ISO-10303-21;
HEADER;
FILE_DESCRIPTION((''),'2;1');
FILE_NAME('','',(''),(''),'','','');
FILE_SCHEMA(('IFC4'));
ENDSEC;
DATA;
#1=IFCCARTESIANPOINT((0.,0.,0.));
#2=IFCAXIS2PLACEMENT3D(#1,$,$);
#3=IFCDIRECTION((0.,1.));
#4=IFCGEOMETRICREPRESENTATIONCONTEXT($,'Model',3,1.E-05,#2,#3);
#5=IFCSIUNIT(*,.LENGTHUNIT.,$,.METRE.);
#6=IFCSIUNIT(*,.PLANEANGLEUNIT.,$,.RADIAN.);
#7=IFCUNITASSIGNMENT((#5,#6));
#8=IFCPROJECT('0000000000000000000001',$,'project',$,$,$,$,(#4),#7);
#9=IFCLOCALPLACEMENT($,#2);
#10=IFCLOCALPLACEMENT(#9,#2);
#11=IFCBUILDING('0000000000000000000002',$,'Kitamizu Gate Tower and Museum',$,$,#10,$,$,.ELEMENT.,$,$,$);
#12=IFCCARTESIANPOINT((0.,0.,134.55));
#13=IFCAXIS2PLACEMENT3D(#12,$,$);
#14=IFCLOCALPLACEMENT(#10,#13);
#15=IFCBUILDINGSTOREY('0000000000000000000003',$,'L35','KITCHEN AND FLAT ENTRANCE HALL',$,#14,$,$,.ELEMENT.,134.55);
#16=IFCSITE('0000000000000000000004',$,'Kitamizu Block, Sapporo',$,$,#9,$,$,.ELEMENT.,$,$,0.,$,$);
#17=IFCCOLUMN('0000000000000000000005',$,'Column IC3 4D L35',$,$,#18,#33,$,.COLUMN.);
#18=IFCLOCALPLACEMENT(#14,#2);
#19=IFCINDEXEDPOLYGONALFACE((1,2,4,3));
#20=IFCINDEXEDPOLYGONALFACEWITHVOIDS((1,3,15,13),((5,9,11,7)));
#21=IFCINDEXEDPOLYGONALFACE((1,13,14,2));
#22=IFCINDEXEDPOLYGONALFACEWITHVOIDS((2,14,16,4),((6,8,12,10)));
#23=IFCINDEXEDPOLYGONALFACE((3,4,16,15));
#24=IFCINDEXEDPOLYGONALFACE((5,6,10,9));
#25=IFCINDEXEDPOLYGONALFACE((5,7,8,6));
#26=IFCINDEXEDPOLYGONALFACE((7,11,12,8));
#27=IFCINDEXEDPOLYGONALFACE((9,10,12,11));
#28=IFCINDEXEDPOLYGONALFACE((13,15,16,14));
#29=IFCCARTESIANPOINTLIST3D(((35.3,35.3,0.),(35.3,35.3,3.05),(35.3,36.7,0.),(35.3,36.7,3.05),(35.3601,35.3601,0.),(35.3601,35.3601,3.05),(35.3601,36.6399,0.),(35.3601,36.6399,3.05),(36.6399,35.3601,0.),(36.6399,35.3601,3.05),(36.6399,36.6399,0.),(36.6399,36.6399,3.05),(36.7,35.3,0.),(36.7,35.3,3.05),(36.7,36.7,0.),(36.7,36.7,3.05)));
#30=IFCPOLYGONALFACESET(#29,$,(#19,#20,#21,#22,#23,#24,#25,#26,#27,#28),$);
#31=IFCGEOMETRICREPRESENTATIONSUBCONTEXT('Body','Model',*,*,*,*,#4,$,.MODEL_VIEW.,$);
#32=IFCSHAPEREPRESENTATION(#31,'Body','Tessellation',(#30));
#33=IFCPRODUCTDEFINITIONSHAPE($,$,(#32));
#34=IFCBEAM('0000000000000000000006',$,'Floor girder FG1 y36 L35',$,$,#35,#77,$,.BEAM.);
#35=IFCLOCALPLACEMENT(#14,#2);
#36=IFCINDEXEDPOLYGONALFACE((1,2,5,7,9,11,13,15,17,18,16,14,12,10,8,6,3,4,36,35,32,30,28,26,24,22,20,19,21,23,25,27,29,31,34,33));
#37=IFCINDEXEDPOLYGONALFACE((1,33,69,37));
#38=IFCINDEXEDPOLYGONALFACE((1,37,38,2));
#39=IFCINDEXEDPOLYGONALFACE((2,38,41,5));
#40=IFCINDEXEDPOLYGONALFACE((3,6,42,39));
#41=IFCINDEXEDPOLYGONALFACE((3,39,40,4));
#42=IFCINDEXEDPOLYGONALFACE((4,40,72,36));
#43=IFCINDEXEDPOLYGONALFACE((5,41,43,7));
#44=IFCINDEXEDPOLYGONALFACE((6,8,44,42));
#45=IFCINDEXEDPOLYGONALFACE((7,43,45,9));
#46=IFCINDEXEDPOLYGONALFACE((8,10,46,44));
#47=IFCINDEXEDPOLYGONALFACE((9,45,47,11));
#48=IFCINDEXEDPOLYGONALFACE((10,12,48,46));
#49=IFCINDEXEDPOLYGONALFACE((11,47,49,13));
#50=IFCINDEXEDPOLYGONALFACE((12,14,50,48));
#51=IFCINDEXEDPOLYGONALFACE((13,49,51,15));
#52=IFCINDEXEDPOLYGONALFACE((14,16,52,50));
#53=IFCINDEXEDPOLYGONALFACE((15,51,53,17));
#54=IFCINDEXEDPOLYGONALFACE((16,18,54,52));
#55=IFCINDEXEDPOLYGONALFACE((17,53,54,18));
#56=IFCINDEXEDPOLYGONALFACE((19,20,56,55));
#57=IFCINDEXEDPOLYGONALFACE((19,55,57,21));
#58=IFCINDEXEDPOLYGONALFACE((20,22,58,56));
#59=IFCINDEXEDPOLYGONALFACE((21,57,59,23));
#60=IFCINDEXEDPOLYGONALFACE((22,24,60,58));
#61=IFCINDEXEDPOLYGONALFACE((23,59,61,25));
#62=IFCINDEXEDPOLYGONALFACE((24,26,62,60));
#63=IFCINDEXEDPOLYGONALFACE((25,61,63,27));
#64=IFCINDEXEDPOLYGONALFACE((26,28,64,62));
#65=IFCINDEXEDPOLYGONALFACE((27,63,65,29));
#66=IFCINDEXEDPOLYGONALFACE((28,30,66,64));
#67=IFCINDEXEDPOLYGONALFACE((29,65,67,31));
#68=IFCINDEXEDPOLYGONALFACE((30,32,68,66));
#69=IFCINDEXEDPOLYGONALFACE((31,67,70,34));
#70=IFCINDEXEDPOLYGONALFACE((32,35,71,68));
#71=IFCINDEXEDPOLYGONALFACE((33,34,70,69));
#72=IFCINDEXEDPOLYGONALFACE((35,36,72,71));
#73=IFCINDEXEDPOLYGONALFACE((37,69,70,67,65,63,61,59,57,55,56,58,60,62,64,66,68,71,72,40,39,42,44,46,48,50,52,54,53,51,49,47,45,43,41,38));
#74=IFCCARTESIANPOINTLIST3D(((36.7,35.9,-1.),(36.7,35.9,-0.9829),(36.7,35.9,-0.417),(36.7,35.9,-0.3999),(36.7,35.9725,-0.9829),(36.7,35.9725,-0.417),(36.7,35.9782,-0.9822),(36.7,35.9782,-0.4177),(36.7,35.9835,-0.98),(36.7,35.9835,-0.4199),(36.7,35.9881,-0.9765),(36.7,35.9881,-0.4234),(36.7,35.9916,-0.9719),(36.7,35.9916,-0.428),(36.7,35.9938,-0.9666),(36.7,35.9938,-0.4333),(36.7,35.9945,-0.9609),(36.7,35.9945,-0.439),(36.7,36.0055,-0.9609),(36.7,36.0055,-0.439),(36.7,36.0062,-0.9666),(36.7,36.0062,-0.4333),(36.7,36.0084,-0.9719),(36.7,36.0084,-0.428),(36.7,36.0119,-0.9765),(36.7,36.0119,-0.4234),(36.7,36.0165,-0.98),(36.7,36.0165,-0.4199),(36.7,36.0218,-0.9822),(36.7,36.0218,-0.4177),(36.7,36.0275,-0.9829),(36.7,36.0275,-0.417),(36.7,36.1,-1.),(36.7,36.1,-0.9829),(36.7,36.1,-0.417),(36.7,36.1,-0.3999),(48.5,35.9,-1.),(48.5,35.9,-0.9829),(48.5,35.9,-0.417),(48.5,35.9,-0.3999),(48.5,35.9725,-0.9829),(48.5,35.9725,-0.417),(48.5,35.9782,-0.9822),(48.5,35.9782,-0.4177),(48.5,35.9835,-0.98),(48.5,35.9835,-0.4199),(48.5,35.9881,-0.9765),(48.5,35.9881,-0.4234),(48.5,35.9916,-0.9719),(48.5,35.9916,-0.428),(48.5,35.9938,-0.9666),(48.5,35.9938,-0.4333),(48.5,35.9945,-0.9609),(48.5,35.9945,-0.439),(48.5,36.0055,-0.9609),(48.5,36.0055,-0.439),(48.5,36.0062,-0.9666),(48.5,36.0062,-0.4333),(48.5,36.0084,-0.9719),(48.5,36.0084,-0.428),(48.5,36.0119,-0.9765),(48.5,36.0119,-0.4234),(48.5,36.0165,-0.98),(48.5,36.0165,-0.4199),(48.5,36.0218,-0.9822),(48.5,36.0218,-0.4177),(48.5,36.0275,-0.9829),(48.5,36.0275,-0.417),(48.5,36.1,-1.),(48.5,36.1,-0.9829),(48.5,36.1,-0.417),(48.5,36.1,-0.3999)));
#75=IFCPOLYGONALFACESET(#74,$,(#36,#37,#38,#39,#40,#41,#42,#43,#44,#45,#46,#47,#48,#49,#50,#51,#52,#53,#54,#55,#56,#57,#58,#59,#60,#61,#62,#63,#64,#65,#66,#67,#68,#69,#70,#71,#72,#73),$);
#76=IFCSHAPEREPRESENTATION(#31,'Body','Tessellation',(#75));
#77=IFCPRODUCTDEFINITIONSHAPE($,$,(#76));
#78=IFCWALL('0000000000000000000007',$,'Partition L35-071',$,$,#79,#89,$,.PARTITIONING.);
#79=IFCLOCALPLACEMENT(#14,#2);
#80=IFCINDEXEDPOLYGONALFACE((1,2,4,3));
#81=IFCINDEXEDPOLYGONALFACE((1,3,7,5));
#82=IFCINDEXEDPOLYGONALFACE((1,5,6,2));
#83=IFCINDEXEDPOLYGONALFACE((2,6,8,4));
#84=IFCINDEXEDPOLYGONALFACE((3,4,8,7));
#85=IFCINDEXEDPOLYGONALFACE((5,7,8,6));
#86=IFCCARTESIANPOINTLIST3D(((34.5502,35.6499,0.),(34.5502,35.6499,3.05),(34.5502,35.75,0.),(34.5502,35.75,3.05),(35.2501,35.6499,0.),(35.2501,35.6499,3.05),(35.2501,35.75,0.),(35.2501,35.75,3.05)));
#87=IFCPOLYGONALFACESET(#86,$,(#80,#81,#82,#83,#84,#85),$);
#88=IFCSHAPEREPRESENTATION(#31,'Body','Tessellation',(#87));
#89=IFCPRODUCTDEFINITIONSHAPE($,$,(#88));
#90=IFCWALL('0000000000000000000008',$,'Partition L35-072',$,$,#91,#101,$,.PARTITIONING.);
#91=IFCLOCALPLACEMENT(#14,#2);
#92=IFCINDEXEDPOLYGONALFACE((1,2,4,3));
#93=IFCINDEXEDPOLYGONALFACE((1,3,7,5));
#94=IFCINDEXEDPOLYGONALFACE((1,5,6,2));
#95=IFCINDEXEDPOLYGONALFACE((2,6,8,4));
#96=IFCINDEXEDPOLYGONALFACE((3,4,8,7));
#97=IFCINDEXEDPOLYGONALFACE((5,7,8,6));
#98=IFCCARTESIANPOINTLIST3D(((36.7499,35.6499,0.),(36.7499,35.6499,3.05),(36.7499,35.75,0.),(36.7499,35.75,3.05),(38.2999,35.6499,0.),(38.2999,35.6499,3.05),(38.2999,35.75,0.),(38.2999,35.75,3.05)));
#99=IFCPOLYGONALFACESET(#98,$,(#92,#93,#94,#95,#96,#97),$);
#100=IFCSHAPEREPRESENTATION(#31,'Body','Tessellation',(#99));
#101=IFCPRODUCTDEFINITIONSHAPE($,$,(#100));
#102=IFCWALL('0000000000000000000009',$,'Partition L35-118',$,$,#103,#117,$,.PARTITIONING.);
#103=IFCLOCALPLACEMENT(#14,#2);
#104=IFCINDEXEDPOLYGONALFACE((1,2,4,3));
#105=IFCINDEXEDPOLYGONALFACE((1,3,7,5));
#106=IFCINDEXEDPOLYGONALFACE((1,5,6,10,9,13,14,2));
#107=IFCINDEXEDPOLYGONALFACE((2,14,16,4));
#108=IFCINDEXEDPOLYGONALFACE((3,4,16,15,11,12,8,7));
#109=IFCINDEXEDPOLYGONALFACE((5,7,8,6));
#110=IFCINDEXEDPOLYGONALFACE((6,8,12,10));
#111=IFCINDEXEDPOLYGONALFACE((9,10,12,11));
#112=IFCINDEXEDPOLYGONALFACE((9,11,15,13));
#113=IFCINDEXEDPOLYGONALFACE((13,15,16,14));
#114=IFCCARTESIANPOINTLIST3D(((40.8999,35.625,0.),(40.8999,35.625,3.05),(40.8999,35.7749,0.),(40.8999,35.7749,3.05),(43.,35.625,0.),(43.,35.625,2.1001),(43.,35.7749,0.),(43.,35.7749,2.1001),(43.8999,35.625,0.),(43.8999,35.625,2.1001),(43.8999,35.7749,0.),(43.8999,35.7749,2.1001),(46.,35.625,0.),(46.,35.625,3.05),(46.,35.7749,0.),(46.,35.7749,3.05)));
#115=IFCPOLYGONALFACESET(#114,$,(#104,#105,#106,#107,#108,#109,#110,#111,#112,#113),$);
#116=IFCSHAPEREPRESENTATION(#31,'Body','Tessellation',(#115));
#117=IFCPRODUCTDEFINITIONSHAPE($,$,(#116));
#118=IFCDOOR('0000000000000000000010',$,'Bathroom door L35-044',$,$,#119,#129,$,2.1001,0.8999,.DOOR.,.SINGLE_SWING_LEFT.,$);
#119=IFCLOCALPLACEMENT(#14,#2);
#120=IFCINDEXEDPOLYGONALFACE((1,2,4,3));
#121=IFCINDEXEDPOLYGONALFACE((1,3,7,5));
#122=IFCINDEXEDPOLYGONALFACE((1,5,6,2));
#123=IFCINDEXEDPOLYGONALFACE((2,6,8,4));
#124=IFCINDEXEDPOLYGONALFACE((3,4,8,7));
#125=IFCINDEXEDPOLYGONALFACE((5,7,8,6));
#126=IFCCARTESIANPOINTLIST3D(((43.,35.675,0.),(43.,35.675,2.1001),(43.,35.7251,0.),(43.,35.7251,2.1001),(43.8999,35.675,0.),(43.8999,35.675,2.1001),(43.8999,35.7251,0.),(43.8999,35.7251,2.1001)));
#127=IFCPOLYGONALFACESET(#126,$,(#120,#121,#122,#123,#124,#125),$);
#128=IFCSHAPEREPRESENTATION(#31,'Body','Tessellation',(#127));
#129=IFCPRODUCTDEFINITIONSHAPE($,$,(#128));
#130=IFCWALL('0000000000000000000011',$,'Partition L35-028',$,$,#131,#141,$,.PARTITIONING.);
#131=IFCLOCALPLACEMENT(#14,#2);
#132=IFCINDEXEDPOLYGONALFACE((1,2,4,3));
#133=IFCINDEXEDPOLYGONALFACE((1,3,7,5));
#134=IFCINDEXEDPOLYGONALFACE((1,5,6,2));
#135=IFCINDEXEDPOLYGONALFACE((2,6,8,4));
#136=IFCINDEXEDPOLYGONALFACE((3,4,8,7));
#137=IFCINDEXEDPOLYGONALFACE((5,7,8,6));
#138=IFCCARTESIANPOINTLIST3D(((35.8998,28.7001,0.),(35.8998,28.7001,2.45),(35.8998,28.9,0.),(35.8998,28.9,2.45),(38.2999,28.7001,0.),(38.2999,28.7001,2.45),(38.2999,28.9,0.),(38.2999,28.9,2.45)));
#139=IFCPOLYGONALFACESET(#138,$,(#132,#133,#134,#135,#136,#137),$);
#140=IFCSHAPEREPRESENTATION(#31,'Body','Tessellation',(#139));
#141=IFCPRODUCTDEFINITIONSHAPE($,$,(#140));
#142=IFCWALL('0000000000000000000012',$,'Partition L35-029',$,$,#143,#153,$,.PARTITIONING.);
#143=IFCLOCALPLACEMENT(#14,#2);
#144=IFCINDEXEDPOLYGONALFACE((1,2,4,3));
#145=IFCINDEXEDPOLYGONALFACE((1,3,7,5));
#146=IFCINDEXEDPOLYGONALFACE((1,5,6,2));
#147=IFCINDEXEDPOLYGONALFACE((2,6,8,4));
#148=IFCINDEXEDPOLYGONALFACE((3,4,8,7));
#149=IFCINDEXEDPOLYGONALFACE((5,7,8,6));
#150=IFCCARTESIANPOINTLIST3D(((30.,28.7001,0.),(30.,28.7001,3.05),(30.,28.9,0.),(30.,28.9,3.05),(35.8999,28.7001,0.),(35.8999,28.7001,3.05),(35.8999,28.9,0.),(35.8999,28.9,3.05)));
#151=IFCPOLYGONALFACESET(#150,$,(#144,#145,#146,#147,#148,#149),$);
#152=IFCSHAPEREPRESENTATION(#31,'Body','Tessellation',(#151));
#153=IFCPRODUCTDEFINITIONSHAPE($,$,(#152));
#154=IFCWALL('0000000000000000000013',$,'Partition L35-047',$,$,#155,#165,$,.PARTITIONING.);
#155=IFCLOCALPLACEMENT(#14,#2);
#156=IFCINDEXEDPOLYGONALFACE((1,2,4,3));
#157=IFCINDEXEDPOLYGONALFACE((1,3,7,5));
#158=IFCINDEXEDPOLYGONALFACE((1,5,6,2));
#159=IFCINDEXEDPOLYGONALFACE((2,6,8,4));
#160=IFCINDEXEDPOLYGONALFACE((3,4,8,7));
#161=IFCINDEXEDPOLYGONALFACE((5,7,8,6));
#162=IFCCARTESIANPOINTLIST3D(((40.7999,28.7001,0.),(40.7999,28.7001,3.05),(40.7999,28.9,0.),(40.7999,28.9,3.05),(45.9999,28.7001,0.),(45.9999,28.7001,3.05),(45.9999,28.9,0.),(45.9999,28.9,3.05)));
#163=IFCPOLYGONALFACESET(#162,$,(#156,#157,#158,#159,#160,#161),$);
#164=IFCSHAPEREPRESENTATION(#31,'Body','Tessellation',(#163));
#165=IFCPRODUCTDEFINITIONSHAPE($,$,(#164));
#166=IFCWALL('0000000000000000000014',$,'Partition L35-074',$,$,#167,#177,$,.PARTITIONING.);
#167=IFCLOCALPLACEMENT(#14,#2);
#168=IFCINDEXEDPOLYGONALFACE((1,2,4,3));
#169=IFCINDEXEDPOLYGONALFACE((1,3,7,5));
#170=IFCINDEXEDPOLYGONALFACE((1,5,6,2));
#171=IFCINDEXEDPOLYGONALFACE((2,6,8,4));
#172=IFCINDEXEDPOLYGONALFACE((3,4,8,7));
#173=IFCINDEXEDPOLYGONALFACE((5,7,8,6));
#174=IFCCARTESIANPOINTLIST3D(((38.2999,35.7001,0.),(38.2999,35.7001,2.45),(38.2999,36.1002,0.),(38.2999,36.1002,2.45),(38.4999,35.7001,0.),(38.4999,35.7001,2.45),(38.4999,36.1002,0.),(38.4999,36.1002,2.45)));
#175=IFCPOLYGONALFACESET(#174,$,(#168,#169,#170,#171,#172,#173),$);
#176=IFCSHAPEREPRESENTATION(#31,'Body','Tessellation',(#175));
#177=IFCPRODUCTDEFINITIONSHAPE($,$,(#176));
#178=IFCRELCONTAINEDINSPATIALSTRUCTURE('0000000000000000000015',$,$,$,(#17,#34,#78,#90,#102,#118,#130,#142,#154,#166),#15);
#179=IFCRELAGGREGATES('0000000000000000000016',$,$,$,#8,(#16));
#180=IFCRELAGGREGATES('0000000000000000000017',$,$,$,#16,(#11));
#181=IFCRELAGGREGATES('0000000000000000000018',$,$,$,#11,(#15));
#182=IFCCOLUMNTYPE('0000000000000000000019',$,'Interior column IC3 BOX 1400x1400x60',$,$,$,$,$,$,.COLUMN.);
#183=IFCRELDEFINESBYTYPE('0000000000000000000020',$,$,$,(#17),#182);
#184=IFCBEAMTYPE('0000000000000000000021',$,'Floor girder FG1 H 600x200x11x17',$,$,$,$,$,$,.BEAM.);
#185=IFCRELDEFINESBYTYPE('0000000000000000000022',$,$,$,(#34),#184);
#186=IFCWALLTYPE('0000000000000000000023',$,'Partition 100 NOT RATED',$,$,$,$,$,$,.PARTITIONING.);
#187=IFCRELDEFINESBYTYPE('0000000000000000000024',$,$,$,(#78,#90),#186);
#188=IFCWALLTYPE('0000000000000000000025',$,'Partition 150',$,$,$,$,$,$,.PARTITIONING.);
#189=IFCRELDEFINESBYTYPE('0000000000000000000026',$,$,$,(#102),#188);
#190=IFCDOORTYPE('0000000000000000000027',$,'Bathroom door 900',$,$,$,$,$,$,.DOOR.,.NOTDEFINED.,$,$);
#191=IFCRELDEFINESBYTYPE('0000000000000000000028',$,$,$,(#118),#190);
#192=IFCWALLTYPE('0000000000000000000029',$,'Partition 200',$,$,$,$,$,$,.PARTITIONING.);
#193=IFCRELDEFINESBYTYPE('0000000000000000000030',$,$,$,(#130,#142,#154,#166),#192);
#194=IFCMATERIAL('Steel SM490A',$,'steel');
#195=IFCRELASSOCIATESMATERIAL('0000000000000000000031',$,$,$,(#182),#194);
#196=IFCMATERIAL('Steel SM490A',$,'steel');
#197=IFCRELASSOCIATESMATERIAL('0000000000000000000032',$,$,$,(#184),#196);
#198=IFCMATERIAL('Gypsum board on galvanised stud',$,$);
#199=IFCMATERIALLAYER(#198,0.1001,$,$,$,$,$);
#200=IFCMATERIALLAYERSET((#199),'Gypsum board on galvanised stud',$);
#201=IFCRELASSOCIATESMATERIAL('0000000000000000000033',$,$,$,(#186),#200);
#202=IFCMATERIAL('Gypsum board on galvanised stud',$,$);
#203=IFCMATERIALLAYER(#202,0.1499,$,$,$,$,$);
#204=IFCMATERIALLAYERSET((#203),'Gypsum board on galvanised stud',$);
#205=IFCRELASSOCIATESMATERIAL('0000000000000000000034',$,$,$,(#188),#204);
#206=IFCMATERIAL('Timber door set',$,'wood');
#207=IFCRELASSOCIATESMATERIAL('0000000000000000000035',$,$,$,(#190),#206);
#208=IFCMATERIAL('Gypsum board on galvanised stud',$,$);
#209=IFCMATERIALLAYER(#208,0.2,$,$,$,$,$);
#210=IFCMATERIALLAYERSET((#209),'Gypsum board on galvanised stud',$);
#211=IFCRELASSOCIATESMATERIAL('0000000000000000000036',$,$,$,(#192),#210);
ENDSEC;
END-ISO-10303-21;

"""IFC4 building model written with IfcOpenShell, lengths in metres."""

from ifc_helpers import new_model, si_unit, direction, frame, frame_2d, origin, origin_2d, place, context, subcontext, project, spatial, rectangle, hollow_rectangle, i_section, extrude, material, layer, layer_set, material_profile, profile_set, type_object, element, fill, save


model = new_model("IFC4")

# Units and contexts
model_context = context("Model", 3, precision=1e-05, world=origin(), true_north=direction((0.0, 1.0)))
body_context = subcontext(model_context, "Body", "Model", "MODEL_VIEW")
ifc_project = project(units=[si_unit("LENGTHUNIT", "METRE"), si_unit("PLANEANGLEUNIT", "RADIAN")], contexts=[model_context])

# Site, building, storey
site_placement = place(None, origin())
site = spatial("IfcSite", under=ifc_project, at=site_placement, Name="Kitamizu Block, Sapporo", CompositionType="ELEMENT", RefElevation=0.0)
building_placement = place(site_placement, origin())
building = spatial("IfcBuilding", under=site, at=building_placement, Name="Kitamizu Gate Tower and Museum", CompositionType="ELEMENT")
storey_placement = place(building_placement, frame((0.0, 0.0, 134.55)))
storey = spatial("IfcBuildingStorey", under=building, at=storey_placement, Name="L35", Description="KITCHEN AND FLAT ENTRANCE HALL", CompositionType="ELEMENT", Elevation=134.55)

# Column
ifc_material_1 = material(Name="Steel SM490A", Category="steel")
ifc_material_profile_1 = material_profile(ifc_material_1, hollow_rectangle(XDim=1.3999, YDim=1.3999, WallThickness=0.0601, at=origin_2d()), Name="BOX 1400x1400x60")
ifc_profile_set_1 = profile_set([ifc_material_profile_1], Name="Steel SM490A")
column_type = type_object("IfcColumnType", Name="Interior column IC3 BOX 1400x1400x60", PredefinedType="COLUMN", material=ifc_profile_set_1)
column_placement = place(storey_placement, frame((36.0, 36.0, 0.0), z_axis=(0.0, 0.0, 1.0), x_axis=(1.0, 0.0, 0.0)))
element("IfcColumn", 1, at=column_placement, inside=storey, type_object=column_type, Name="Column IC3 4D L35", PredefinedType="COLUMN", context=body_context, shape_type="SweptSolid", body=[
    extrude(hollow_rectangle(XDim=1.3999, YDim=1.3999, WallThickness=0.0601, at=origin_2d()), origin(), (0.0, 0.0, 1.0), 3.05),
])

# Beam
ifc_material_2 = material(Name="Steel SM490A", Category="steel")
ifc_material_profile_2 = material_profile(ifc_material_2, i_section(OverallWidth=0.2, OverallDepth=0.6001, WebThickness=0.011, FlangeThickness=0.0171, FilletRadius=0.022, at=origin_2d()), Name="H-600x200x11x17")
ifc_profile_set_2 = profile_set([ifc_material_profile_2], Name="Steel SM490A")
beam_type = type_object("IfcBeamType", Name="Floor girder FG1 H 600x200x11x17", PredefinedType="BEAM", material=ifc_profile_set_2)
beam_placement = place(storey_placement, frame((36.7, 36.0, -0.7), z_axis=(1.0, 0.0, 0.0), x_axis=(0.0, 1.0, 0.0)))
element("IfcBeam", 2, at=beam_placement, inside=storey, type_object=beam_type, Name="Floor girder FG1 y36 L35", PredefinedType="BEAM", context=body_context, shape_type="SweptSolid", body=[
    extrude(i_section(OverallWidth=0.2, OverallDepth=0.6001, WebThickness=0.011, FlangeThickness=0.0171, FilletRadius=0.022, at=origin_2d()), origin(), (0.0, 0.0, 1.0), 11.8),
])

# Walls
ifc_material_3 = material(Name="Gypsum board on galvanised stud")
ifc_layer_1 = layer(ifc_material_3, 0.1001)
ifc_layer_set_1 = layer_set([ifc_layer_1], Name="Gypsum board on galvanised stud")
wall_type_1 = type_object("IfcWallType", Name="Partition 100 NOT RATED", PredefinedType="PARTITIONING", material=ifc_layer_set_1)
wall_1_placement = place(storey_placement, frame((34.55, 35.7, 0.0), z_axis=(0.0, 0.0, 1.0), x_axis=(1.0, 0.0, 0.0)))
element("IfcWall", 3, at=wall_1_placement, inside=storey, type_object=wall_type_1, Name="Partition L35-071", PredefinedType="PARTITIONING", context=body_context, shape_type="SweptSolid", body=[
    extrude(rectangle(XDim=0.7, YDim=0.1001, at=frame_2d((0.3501, 0.0))), origin(), (0.0, 0.0, 1.0), 3.05),
])
wall_2_placement = place(storey_placement, frame((36.75, 35.7, 0.0), z_axis=(0.0, 0.0, 1.0), x_axis=(1.0, 0.0, 0.0)))
element("IfcWall", 4, at=wall_2_placement, inside=storey, type_object=wall_type_1, Name="Partition L35-072", PredefinedType="PARTITIONING", context=body_context, shape_type="SweptSolid", body=[
    extrude(rectangle(XDim=1.55, YDim=0.1001, at=frame_2d((0.7749, 0.0))), origin(), (0.0, 0.0, 1.0), 3.05),
])

# Wall, opening, door
ifc_material_4 = material(Name="Gypsum board on galvanised stud")
ifc_layer_2 = layer(ifc_material_4, 0.1499)
ifc_layer_set_2 = layer_set([ifc_layer_2], Name="Gypsum board on galvanised stud")
wall_type_2 = type_object("IfcWallType", Name="Partition 150", PredefinedType="PARTITIONING", material=ifc_layer_set_2)
wall_3_placement = place(storey_placement, frame((40.8999, 35.7, 0.0), z_axis=(0.0, 0.0, 1.0), x_axis=(1.0, 0.0, 0.0)))
wall_3 = element("IfcWall", 5, at=wall_3_placement, inside=storey, type_object=wall_type_2, Name="Partition L35-118", PredefinedType="PARTITIONING", context=body_context, shape_type="SweptSolid", body=[
    extrude(rectangle(XDim=5.1001, YDim=0.1499, at=frame_2d((2.55, 0.0))), origin(), (0.0, 0.0, 1.0), 3.05),
])
opening_placement = place(wall_3_placement, frame((2.1001, 0.0, 0.0)))
opening = element("IfcOpeningElement", 6, at=opening_placement, cuts=wall_3, PredefinedType="OPENING", context=body_context, shape_type="SweptSolid", body=[
    extrude(rectangle(XDim=0.8999, YDim=2.1001, at=frame_2d((0.45, 1.05))), frame((0.0, 0.085, 0.0), z_axis=(0.0, -1.0, 0.0), x_axis=(1.0, 0.0, 0.0)), (0.0, 0.0, 1.0), 0.1699),
])
ifc_material_5 = material(Name="Timber door set", Category="wood")
door_type = type_object("IfcDoorType", Name="Bathroom door 900", OperationType="NOTDEFINED", PredefinedType="DOOR", material=ifc_material_5)
door_placement = place(opening_placement, frame((0.8999, 0.0, 0.0), x_axis=(-1.0, 0.0, 0.0)))
door = element("IfcDoor", 7, at=door_placement, inside=storey, type_object=door_type, Name="Bathroom door L35-044", OperationType="SINGLE_SWING_LEFT", OverallHeight=2.1001, OverallWidth=0.8999, PredefinedType="DOOR", context=body_context, shape_type="SweptSolid", body=[
    extrude(rectangle(XDim=0.8999, YDim=2.1001, at=frame_2d((0.45, 1.05))), frame((0.0, 0.0249, 0.0), z_axis=(0.0, -1.0, 0.0), x_axis=(1.0, 0.0, 0.0)), (0.0, 0.0, 1.0), 0.05),
])
fill(opening, door)

# Walls
ifc_material_6 = material(Name="Gypsum board on galvanised stud")
ifc_layer_3 = layer(ifc_material_6, 0.2)
ifc_layer_set_3 = layer_set([ifc_layer_3], Name="Gypsum board on galvanised stud")
wall_type_3 = type_object("IfcWallType", Name="Partition 200", PredefinedType="PARTITIONING", material=ifc_layer_set_3)
wall_4_placement = place(storey_placement, frame((38.3, 28.8, 0.0), z_axis=(0.0, 0.0, 1.0), x_axis=(-1.0, 0.0, 0.0)))
element("IfcWall", 8, at=wall_4_placement, inside=storey, type_object=wall_type_3, Name="Partition L35-028", PredefinedType="PARTITIONING", context=body_context, shape_type="SweptSolid", body=[
    extrude(rectangle(XDim=2.4001, YDim=0.2, at=frame_2d((1.2002, 0.0))), origin(), (0.0, 0.0, 1.0), 2.45),
])
wall_5_placement = place(storey_placement, frame((35.8999, 28.8, 0.0), z_axis=(0.0, 0.0, 1.0), x_axis=(-1.0, 0.0, 0.0)))
element("IfcWall", 9, at=wall_5_placement, inside=storey, type_object=wall_type_3, Name="Partition L35-029", PredefinedType="PARTITIONING", context=body_context, shape_type="SweptSolid", body=[
    extrude(rectangle(XDim=5.8999, YDim=0.2, at=frame_2d((2.95, 0.0))), origin(), (0.0, 0.0, 1.0), 3.05),
])
wall_6_placement = place(storey_placement, frame((46.0, 28.8, 0.0), z_axis=(0.0, 0.0, 1.0), x_axis=(-1.0, 0.0, 0.0)))
element("IfcWall", 10, at=wall_6_placement, inside=storey, type_object=wall_type_3, Name="Partition L35-047", PredefinedType="PARTITIONING", context=body_context, shape_type="SweptSolid", body=[
    extrude(rectangle(XDim=5.2, YDim=0.2, at=frame_2d((2.6001, 0.0))), origin(), (0.0, 0.0, 1.0), 3.05),
])
wall_7_placement = place(storey_placement, frame((38.3999, 35.7, 0.0), z_axis=(0.0, 0.0, 1.0), x_axis=(0.0, 1.0, 0.0)))
element("IfcWall", 11, at=wall_7_placement, inside=storey, type_object=wall_type_3, Name="Partition L35-074", PredefinedType="PARTITIONING", context=body_context, shape_type="SweptSolid", body=[
    extrude(rectangle(XDim=0.4001, YDim=0.2, at=frame_2d((0.2002, 0.0))), origin(), (0.0, 0.0, 1.0), 2.45),
])

save(model, "model.ifc")
